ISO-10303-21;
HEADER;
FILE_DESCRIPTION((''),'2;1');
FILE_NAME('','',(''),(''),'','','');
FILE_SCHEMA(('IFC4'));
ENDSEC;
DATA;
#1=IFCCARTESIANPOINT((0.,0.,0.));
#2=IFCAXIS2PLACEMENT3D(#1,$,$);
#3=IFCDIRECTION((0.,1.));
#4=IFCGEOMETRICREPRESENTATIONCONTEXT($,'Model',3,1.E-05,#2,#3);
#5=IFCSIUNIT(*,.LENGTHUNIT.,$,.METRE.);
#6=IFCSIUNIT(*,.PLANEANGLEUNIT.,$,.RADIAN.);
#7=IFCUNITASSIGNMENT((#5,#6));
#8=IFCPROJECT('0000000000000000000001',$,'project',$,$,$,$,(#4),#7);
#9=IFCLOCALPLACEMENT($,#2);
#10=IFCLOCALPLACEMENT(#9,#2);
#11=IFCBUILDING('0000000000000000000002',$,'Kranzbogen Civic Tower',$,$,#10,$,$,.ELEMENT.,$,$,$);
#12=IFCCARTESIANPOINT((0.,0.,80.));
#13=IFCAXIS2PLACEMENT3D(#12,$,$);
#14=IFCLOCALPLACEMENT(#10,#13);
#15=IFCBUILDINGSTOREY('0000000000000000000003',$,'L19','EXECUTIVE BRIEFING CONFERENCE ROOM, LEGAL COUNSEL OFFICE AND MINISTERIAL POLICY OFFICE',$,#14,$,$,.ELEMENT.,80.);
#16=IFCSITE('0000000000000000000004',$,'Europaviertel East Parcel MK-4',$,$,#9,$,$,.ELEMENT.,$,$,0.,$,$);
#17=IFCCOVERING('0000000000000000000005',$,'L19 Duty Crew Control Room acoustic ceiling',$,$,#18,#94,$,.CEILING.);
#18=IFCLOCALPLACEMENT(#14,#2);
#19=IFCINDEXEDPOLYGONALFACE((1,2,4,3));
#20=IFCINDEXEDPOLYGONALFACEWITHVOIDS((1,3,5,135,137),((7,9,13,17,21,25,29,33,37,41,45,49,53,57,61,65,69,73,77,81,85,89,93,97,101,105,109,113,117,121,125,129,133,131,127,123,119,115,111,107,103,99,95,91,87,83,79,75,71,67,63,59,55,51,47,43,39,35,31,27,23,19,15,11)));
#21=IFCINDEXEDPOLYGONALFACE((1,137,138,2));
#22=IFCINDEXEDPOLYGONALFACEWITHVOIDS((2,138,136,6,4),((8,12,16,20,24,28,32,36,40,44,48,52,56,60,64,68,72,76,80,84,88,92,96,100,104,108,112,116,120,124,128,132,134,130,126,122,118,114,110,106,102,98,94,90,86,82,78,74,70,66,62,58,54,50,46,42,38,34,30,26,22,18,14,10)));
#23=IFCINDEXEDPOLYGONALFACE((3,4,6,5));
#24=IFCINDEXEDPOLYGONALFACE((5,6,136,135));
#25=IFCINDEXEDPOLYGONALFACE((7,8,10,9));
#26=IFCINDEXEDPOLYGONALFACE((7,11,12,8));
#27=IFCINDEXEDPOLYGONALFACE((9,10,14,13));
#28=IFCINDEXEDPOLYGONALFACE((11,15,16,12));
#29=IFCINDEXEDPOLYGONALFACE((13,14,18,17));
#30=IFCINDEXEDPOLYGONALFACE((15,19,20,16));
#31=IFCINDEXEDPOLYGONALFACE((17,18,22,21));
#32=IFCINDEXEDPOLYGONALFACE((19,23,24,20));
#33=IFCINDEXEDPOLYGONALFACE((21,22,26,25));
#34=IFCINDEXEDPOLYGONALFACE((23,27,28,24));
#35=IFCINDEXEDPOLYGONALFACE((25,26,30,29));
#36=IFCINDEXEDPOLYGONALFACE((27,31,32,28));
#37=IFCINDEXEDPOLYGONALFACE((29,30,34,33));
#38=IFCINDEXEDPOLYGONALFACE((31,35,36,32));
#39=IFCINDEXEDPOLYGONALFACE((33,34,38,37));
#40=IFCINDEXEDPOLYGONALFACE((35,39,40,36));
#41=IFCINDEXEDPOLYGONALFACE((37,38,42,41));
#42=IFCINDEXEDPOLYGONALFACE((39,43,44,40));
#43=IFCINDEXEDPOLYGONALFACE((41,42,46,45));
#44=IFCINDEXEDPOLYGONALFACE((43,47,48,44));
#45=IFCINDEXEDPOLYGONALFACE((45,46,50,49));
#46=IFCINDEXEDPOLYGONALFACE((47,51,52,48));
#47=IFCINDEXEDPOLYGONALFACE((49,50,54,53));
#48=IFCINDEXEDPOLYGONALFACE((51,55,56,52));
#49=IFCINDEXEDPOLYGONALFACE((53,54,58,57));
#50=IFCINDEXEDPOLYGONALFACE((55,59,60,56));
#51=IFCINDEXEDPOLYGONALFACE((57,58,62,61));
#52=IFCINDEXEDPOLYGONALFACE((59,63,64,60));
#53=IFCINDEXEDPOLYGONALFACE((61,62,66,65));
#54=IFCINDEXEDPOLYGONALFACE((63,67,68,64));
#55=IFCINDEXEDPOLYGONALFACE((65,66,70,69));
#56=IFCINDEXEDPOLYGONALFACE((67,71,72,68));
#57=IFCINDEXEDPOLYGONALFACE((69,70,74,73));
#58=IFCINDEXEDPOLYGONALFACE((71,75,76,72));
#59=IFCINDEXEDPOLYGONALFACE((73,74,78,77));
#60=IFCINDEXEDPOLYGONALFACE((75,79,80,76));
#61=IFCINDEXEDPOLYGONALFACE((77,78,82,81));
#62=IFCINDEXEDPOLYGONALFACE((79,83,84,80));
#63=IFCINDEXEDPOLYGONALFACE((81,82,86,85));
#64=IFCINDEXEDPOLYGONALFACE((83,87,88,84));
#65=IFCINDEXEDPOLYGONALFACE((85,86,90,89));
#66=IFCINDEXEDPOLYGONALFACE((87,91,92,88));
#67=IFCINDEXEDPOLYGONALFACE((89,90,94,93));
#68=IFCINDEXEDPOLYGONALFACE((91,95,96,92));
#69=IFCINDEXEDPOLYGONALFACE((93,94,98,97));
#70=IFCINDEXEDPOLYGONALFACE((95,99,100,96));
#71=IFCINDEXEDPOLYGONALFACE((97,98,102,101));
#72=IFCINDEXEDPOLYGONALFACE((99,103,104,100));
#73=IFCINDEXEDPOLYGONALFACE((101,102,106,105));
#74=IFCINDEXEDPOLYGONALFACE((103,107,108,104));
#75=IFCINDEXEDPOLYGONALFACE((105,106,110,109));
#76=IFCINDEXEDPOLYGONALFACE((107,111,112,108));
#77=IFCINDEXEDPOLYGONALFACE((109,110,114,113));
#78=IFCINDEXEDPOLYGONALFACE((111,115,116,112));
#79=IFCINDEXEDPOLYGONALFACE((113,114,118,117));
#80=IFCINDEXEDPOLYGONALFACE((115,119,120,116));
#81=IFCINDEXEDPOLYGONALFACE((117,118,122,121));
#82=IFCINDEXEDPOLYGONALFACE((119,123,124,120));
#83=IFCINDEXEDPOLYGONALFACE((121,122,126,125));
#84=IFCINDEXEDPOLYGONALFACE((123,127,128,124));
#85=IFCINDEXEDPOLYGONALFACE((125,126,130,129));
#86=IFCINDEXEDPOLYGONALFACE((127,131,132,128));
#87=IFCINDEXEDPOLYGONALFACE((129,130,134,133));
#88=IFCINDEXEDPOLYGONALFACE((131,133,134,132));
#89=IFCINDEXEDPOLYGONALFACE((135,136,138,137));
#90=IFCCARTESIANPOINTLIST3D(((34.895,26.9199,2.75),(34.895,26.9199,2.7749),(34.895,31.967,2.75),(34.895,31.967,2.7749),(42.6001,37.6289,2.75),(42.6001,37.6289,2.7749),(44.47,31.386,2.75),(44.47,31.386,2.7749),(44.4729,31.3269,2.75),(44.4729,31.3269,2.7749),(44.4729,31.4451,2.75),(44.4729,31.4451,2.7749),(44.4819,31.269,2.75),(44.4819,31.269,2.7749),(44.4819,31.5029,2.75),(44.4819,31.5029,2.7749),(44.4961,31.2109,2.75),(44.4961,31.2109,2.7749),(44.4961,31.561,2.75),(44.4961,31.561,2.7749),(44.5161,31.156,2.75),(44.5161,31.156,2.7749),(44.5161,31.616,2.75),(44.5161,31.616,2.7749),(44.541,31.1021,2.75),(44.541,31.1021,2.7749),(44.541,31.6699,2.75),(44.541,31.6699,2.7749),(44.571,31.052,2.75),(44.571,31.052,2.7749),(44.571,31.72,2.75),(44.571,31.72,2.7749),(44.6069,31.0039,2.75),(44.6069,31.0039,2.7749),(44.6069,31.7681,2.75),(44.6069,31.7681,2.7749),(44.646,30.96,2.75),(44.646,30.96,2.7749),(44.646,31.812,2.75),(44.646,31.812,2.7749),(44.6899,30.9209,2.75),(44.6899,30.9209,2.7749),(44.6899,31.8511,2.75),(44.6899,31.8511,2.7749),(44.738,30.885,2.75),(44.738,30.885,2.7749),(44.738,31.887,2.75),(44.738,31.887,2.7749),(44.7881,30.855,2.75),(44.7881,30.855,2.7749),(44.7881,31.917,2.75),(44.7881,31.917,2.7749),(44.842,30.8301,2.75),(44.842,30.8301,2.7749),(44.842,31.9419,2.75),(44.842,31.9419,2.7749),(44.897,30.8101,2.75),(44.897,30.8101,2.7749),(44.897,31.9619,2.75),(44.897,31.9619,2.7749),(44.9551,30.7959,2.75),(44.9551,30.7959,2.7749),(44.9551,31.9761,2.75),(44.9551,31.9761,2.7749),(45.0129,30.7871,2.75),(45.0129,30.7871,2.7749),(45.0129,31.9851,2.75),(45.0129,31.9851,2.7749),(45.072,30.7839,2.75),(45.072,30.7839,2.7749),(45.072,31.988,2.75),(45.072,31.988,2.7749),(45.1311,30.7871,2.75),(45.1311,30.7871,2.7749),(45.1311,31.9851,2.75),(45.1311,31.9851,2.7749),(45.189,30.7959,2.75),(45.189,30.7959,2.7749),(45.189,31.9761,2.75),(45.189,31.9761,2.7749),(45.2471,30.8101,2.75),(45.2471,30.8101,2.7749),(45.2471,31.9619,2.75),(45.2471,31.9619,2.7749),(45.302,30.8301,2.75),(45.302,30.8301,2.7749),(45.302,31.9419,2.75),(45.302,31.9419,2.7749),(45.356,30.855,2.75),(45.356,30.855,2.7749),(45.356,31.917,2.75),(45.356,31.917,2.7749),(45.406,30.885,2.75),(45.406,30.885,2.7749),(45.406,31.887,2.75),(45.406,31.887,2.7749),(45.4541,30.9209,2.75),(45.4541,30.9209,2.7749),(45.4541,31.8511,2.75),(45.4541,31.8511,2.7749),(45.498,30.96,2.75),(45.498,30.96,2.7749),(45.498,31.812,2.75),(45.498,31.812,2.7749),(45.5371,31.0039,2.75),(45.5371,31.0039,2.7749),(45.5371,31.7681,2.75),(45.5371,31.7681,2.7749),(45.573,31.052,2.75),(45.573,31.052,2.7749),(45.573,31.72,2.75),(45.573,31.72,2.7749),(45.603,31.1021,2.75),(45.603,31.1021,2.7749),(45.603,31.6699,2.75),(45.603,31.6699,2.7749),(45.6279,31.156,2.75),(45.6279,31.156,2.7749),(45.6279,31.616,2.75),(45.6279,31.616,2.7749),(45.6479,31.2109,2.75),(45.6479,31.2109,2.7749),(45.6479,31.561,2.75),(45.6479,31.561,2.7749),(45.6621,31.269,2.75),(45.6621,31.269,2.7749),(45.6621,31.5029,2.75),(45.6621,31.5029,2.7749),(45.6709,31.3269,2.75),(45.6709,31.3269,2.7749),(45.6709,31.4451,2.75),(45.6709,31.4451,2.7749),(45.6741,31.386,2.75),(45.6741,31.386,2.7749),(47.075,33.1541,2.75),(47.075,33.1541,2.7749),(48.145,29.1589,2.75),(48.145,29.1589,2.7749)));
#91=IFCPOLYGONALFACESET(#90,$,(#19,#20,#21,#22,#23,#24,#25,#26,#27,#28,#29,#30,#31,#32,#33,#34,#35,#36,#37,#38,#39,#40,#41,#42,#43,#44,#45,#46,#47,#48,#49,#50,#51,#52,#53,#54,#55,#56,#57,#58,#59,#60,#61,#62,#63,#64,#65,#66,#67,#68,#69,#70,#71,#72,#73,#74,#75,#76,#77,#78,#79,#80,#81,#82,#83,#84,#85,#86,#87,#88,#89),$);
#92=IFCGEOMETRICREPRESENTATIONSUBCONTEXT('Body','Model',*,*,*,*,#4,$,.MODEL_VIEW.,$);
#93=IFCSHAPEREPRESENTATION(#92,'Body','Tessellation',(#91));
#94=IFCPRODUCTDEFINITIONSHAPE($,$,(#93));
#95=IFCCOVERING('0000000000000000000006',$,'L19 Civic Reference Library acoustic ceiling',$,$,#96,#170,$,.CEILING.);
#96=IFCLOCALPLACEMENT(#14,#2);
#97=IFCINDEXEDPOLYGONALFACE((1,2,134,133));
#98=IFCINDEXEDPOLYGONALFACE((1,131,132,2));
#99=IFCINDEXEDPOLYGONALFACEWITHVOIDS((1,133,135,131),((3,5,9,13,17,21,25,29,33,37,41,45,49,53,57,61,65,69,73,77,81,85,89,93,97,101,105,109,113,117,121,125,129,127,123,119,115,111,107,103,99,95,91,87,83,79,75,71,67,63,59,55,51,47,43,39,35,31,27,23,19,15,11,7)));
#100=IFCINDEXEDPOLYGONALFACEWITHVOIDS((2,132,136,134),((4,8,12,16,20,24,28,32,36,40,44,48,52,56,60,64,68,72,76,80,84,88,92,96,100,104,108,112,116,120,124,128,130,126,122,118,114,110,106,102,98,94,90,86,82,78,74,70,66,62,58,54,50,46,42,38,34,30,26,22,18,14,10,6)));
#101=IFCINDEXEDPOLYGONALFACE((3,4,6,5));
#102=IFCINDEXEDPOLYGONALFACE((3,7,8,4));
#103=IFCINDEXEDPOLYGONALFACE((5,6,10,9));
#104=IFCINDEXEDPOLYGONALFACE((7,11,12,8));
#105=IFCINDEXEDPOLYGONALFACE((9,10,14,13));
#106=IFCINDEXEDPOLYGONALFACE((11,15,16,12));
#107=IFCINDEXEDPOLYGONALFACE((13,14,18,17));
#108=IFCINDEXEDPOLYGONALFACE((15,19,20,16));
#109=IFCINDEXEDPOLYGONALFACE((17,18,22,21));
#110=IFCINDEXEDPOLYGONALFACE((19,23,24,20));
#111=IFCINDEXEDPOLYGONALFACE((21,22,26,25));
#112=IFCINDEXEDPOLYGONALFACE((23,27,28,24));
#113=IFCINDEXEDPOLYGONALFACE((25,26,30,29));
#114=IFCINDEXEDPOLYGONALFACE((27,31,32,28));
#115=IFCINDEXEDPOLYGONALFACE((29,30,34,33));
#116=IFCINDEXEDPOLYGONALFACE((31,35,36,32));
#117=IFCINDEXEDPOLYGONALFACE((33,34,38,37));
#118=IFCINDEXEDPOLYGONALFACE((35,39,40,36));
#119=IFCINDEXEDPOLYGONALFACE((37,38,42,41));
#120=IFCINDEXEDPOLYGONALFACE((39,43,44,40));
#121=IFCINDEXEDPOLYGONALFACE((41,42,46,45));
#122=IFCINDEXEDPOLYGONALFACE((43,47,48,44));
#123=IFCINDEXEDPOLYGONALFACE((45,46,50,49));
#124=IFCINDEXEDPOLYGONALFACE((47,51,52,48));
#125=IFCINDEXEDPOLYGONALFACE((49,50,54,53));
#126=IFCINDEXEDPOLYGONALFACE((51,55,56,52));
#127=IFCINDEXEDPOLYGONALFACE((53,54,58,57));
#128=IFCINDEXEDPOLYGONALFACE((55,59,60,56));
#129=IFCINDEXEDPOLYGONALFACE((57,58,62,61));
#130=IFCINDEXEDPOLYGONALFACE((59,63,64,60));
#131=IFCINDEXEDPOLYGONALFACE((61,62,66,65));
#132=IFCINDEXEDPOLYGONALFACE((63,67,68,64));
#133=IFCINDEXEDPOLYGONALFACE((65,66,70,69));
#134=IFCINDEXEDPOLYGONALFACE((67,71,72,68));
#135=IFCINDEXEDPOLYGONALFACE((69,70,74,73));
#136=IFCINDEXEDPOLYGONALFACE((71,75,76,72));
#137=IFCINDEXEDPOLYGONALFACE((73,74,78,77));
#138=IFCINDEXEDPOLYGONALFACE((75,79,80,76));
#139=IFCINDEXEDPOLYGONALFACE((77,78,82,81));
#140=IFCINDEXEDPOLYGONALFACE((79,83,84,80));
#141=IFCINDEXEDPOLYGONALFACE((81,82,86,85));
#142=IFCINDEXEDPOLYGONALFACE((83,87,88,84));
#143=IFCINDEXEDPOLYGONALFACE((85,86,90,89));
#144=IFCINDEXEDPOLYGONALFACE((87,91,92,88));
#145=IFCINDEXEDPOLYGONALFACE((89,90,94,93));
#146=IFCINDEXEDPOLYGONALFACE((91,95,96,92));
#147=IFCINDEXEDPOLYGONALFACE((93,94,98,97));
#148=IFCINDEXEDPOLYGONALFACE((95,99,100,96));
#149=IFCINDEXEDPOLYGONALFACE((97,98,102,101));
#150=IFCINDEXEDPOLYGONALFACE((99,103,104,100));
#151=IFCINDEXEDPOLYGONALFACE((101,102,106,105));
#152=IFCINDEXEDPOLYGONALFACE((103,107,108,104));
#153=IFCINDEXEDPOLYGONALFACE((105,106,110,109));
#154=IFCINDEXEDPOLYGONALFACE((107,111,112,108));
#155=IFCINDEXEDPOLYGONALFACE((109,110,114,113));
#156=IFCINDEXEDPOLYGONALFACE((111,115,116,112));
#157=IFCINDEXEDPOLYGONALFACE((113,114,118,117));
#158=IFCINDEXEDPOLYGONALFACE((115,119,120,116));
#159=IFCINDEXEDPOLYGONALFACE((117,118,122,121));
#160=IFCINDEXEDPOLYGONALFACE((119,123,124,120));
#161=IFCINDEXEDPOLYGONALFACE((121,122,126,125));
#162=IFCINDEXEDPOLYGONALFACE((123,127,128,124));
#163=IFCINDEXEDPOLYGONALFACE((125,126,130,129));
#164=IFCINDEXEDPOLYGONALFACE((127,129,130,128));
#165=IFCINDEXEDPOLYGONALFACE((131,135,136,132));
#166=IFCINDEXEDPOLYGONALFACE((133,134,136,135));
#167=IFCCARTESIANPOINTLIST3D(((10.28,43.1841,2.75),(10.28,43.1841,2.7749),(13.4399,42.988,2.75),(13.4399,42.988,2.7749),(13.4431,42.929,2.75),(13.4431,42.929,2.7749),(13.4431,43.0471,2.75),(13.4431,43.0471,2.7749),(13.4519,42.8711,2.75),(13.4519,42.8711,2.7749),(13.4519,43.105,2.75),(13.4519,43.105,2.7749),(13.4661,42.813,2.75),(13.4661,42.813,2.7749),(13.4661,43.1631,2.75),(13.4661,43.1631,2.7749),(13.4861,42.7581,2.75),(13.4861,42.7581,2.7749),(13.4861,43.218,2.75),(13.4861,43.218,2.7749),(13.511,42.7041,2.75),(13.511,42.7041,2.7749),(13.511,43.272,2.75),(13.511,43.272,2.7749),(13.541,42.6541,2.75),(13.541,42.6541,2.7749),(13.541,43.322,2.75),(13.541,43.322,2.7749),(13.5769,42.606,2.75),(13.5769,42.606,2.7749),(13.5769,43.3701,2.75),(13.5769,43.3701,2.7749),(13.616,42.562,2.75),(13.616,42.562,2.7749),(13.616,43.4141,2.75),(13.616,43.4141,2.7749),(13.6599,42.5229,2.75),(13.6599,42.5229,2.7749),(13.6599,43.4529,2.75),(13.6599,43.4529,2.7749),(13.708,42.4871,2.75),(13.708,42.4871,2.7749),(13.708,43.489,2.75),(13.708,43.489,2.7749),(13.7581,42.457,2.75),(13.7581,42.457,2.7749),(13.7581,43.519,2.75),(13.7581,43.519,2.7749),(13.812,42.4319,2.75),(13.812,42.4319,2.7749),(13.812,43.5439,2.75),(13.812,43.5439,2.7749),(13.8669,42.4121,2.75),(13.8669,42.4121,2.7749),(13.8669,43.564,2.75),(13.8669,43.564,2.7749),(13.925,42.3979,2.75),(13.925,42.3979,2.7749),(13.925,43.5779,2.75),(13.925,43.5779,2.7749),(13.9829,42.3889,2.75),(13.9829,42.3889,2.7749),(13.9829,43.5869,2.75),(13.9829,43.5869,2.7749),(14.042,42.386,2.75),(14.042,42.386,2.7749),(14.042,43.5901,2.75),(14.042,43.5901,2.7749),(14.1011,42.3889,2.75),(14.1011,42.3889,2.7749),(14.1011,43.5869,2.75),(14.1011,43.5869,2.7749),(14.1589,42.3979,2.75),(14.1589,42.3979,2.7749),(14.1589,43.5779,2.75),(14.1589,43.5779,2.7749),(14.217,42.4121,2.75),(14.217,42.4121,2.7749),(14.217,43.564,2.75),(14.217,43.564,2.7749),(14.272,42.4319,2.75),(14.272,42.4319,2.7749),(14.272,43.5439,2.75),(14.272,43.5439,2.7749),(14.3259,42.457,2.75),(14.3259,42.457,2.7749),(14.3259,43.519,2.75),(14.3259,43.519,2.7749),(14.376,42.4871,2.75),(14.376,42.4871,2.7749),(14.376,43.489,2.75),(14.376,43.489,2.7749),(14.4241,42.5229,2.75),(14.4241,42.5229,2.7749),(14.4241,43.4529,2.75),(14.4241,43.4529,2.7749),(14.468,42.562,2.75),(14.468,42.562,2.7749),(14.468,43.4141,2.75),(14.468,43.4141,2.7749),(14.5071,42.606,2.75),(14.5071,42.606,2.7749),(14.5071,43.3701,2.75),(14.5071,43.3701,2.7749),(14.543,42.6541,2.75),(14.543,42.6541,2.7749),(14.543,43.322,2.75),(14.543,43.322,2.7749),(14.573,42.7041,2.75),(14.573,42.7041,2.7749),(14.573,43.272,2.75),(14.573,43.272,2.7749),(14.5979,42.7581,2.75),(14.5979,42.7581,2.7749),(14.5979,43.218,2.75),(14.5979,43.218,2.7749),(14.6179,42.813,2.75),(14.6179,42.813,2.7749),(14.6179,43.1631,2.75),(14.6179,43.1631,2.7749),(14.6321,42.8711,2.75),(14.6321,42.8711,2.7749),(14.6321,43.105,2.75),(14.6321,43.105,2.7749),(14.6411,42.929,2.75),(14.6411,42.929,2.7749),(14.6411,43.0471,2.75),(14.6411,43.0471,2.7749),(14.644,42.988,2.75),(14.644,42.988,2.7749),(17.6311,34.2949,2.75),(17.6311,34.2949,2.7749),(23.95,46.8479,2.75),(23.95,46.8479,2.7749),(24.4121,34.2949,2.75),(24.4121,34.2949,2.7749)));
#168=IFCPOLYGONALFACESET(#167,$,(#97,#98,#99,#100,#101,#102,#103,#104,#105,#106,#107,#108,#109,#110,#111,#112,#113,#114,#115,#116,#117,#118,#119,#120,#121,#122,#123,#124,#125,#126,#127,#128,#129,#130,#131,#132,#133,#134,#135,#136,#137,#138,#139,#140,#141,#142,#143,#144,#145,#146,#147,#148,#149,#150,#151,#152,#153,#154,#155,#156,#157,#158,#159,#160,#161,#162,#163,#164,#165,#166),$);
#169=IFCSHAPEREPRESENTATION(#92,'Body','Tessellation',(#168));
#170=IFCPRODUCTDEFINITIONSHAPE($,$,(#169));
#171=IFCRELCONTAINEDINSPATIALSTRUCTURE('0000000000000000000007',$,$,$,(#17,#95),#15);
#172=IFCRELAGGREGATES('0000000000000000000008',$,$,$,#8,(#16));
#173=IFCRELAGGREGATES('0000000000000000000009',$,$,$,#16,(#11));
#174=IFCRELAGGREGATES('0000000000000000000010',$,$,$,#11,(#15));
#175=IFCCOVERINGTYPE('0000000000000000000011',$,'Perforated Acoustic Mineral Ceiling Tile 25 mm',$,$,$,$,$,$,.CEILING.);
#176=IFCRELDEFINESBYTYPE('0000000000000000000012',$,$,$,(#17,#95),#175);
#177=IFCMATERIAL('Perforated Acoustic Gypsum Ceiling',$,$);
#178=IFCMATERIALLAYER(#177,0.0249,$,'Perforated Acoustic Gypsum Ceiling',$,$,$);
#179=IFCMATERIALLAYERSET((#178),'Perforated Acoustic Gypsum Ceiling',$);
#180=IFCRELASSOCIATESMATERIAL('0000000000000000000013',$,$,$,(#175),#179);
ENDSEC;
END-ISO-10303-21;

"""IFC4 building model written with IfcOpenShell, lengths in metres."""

from ifc_helpers import new_model, si_unit, direction, frame, origin, place, context, subcontext, project, spatial, polyline, outline, extrude, material, layer, layer_set, type_object, element, save


model = new_model("IFC4")

# Units and contexts
model_context = context("Model", 3, precision=1e-05, world=origin(), true_north=direction((0.0, 1.0)))
body_context = subcontext(model_context, "Body", "Model", "MODEL_VIEW")
ifc_project = project(units=[si_unit("LENGTHUNIT", "METRE"), si_unit("PLANEANGLEUNIT", "RADIAN")], contexts=[model_context])

# Site, building, storey
site_placement = place(None, origin())
site = spatial("IfcSite", under=ifc_project, at=site_placement, Name="Europaviertel East Parcel MK-4", CompositionType="ELEMENT", RefElevation=0.0)
building_placement = place(site_placement, origin())
building = spatial("IfcBuilding", under=site, at=building_placement, Name="Kranzbogen Civic Tower", CompositionType="ELEMENT")
storey_placement = place(building_placement, frame((0.0, 0.0, 80.0)))
storey = spatial("IfcBuildingStorey", under=building, at=storey_placement, Name="L19", Description="EXECUTIVE BRIEFING CONFERENCE ROOM, LEGAL COUNSEL OFFICE AND MINISTERIAL POLICY OFFICE", CompositionType="ELEMENT", Elevation=80.0)

# Coverings
ifc_material_1 = material(Name="Perforated Acoustic Gypsum Ceiling")
ifc_layer_1 = layer(ifc_material_1, 0.0249, Name="Perforated Acoustic Gypsum Ceiling")
ifc_layer_set_1 = layer_set([ifc_layer_1], Name="Perforated Acoustic Gypsum Ceiling")
covering_type = type_object("IfcCoveringType", Name="Perforated Acoustic Mineral Ceiling Tile 25 mm", PredefinedType="CEILING", material=ifc_layer_set_1)
covering_1_placement = place(storey_placement, frame((0.0, 0.0, 2.75)))
element("IfcCovering", 1, at=covering_1_placement, inside=storey, type_object=covering_type, Name="L19 Duty Crew Control Room acoustic ceiling", PredefinedType="CEILING", context=body_context, shape_type="SweptSolid", body=[
    extrude(outline(polyline([(48.145, 29.1589), (34.895, 26.9199), (34.895, 31.967), (42.6001, 37.6289), (47.075, 33.1541), (48.145, 29.1589)]), holes=[polyline([(45.6279, 31.156), (45.603, 31.1021), (45.573, 31.052), (45.5371, 31.0039), (45.498, 30.96), (45.4541, 30.9209), (45.406, 30.885), (45.356, 30.855), (45.302, 30.8301), (45.2471, 30.8101), (45.189, 30.7959), (45.1311, 30.7871), (45.072, 30.7839), (45.0129, 30.7871), (44.9551, 30.7959), (44.897, 30.8101), (44.842, 30.8301), (44.7881, 30.855), (44.738, 30.885), (44.6899, 30.9209), (44.646, 30.96), (44.6069, 31.0039), (44.571, 31.052), (44.541, 31.1021), (44.5161, 31.156), (44.4961, 31.2109), (44.4819, 31.269), (44.4729, 31.3269), (44.47, 31.386), (44.4729, 31.4451), (44.4819, 31.5029), (44.4961, 31.561), (44.5161, 31.616), (44.541, 31.6699), (44.571, 31.72), (44.6069, 31.7681), (44.646, 31.812), (44.6899, 31.8511), (44.738, 31.887), (44.7881, 31.917), (44.842, 31.9419), (44.897, 31.9619), (44.9551, 31.9761), (45.0129, 31.9851), (45.072, 31.988), (45.1311, 31.9851), (45.189, 31.9761), (45.2471, 31.9619), (45.302, 31.9419), (45.356, 31.917), (45.406, 31.887), (45.4541, 31.8511), (45.498, 31.812), (45.5371, 31.7681), (45.573, 31.72), (45.603, 31.6699), (45.6279, 31.616), (45.6479, 31.561), (45.6621, 31.5029), (45.6709, 31.4451), (45.6741, 31.386), (45.6709, 31.3269), (45.6621, 31.269), (45.6479, 31.2109), (45.6279, 31.156)])]), origin(), (0.0, 0.0, 1.0), 0.0249),
])
covering_2_placement = place(storey_placement, frame((0.0, 0.0, 2.75)))
element("IfcCovering", 2, at=covering_2_placement, inside=storey, type_object=covering_type, Name="L19 Civic Reference Library acoustic ceiling", PredefinedType="CEILING", context=body_context, shape_type="SweptSolid", body=[
    extrude(outline(polyline([(24.4121, 34.2949), (17.6311, 34.2949), (10.28, 43.1841), (23.95, 46.8479), (24.4121, 34.2949)]), holes=[polyline([(14.5979, 42.7581), (14.573, 42.7041), (14.543, 42.6541), (14.5071, 42.606), (14.468, 42.562), (14.4241, 42.5229), (14.376, 42.4871), (14.3259, 42.457), (14.272, 42.4319), (14.217, 42.4121), (14.1589, 42.3979), (14.1011, 42.3889), (14.042, 42.386), (13.9829, 42.3889), (13.925, 42.3979), (13.8669, 42.4121), (13.812, 42.4319), (13.7581, 42.457), (13.708, 42.4871), (13.6599, 42.5229), (13.616, 42.562), (13.5769, 42.606), (13.541, 42.6541), (13.511, 42.7041), (13.4861, 42.7581), (13.4661, 42.813), (13.4519, 42.8711), (13.4431, 42.929), (13.4399, 42.988), (13.4431, 43.0471), (13.4519, 43.105), (13.4661, 43.1631), (13.4861, 43.218), (13.511, 43.272), (13.541, 43.322), (13.5769, 43.3701), (13.616, 43.4141), (13.6599, 43.4529), (13.708, 43.489), (13.7581, 43.519), (13.812, 43.5439), (13.8669, 43.564), (13.925, 43.5779), (13.9829, 43.5869), (14.042, 43.5901), (14.1011, 43.5869), (14.1589, 43.5779), (14.217, 43.564), (14.272, 43.5439), (14.3259, 43.519), (14.376, 43.489), (14.4241, 43.4529), (14.468, 43.4141), (14.5071, 43.3701), (14.543, 43.322), (14.573, 43.272), (14.5979, 43.218), (14.6179, 43.1631), (14.6321, 43.105), (14.6411, 43.0471), (14.644, 42.988), (14.6411, 42.929), (14.6321, 42.8711), (14.6179, 42.813), (14.5979, 42.7581)])]), origin(), (0.0, 0.0, 1.0), 0.0249),
])

save(model, "model.ifc")
